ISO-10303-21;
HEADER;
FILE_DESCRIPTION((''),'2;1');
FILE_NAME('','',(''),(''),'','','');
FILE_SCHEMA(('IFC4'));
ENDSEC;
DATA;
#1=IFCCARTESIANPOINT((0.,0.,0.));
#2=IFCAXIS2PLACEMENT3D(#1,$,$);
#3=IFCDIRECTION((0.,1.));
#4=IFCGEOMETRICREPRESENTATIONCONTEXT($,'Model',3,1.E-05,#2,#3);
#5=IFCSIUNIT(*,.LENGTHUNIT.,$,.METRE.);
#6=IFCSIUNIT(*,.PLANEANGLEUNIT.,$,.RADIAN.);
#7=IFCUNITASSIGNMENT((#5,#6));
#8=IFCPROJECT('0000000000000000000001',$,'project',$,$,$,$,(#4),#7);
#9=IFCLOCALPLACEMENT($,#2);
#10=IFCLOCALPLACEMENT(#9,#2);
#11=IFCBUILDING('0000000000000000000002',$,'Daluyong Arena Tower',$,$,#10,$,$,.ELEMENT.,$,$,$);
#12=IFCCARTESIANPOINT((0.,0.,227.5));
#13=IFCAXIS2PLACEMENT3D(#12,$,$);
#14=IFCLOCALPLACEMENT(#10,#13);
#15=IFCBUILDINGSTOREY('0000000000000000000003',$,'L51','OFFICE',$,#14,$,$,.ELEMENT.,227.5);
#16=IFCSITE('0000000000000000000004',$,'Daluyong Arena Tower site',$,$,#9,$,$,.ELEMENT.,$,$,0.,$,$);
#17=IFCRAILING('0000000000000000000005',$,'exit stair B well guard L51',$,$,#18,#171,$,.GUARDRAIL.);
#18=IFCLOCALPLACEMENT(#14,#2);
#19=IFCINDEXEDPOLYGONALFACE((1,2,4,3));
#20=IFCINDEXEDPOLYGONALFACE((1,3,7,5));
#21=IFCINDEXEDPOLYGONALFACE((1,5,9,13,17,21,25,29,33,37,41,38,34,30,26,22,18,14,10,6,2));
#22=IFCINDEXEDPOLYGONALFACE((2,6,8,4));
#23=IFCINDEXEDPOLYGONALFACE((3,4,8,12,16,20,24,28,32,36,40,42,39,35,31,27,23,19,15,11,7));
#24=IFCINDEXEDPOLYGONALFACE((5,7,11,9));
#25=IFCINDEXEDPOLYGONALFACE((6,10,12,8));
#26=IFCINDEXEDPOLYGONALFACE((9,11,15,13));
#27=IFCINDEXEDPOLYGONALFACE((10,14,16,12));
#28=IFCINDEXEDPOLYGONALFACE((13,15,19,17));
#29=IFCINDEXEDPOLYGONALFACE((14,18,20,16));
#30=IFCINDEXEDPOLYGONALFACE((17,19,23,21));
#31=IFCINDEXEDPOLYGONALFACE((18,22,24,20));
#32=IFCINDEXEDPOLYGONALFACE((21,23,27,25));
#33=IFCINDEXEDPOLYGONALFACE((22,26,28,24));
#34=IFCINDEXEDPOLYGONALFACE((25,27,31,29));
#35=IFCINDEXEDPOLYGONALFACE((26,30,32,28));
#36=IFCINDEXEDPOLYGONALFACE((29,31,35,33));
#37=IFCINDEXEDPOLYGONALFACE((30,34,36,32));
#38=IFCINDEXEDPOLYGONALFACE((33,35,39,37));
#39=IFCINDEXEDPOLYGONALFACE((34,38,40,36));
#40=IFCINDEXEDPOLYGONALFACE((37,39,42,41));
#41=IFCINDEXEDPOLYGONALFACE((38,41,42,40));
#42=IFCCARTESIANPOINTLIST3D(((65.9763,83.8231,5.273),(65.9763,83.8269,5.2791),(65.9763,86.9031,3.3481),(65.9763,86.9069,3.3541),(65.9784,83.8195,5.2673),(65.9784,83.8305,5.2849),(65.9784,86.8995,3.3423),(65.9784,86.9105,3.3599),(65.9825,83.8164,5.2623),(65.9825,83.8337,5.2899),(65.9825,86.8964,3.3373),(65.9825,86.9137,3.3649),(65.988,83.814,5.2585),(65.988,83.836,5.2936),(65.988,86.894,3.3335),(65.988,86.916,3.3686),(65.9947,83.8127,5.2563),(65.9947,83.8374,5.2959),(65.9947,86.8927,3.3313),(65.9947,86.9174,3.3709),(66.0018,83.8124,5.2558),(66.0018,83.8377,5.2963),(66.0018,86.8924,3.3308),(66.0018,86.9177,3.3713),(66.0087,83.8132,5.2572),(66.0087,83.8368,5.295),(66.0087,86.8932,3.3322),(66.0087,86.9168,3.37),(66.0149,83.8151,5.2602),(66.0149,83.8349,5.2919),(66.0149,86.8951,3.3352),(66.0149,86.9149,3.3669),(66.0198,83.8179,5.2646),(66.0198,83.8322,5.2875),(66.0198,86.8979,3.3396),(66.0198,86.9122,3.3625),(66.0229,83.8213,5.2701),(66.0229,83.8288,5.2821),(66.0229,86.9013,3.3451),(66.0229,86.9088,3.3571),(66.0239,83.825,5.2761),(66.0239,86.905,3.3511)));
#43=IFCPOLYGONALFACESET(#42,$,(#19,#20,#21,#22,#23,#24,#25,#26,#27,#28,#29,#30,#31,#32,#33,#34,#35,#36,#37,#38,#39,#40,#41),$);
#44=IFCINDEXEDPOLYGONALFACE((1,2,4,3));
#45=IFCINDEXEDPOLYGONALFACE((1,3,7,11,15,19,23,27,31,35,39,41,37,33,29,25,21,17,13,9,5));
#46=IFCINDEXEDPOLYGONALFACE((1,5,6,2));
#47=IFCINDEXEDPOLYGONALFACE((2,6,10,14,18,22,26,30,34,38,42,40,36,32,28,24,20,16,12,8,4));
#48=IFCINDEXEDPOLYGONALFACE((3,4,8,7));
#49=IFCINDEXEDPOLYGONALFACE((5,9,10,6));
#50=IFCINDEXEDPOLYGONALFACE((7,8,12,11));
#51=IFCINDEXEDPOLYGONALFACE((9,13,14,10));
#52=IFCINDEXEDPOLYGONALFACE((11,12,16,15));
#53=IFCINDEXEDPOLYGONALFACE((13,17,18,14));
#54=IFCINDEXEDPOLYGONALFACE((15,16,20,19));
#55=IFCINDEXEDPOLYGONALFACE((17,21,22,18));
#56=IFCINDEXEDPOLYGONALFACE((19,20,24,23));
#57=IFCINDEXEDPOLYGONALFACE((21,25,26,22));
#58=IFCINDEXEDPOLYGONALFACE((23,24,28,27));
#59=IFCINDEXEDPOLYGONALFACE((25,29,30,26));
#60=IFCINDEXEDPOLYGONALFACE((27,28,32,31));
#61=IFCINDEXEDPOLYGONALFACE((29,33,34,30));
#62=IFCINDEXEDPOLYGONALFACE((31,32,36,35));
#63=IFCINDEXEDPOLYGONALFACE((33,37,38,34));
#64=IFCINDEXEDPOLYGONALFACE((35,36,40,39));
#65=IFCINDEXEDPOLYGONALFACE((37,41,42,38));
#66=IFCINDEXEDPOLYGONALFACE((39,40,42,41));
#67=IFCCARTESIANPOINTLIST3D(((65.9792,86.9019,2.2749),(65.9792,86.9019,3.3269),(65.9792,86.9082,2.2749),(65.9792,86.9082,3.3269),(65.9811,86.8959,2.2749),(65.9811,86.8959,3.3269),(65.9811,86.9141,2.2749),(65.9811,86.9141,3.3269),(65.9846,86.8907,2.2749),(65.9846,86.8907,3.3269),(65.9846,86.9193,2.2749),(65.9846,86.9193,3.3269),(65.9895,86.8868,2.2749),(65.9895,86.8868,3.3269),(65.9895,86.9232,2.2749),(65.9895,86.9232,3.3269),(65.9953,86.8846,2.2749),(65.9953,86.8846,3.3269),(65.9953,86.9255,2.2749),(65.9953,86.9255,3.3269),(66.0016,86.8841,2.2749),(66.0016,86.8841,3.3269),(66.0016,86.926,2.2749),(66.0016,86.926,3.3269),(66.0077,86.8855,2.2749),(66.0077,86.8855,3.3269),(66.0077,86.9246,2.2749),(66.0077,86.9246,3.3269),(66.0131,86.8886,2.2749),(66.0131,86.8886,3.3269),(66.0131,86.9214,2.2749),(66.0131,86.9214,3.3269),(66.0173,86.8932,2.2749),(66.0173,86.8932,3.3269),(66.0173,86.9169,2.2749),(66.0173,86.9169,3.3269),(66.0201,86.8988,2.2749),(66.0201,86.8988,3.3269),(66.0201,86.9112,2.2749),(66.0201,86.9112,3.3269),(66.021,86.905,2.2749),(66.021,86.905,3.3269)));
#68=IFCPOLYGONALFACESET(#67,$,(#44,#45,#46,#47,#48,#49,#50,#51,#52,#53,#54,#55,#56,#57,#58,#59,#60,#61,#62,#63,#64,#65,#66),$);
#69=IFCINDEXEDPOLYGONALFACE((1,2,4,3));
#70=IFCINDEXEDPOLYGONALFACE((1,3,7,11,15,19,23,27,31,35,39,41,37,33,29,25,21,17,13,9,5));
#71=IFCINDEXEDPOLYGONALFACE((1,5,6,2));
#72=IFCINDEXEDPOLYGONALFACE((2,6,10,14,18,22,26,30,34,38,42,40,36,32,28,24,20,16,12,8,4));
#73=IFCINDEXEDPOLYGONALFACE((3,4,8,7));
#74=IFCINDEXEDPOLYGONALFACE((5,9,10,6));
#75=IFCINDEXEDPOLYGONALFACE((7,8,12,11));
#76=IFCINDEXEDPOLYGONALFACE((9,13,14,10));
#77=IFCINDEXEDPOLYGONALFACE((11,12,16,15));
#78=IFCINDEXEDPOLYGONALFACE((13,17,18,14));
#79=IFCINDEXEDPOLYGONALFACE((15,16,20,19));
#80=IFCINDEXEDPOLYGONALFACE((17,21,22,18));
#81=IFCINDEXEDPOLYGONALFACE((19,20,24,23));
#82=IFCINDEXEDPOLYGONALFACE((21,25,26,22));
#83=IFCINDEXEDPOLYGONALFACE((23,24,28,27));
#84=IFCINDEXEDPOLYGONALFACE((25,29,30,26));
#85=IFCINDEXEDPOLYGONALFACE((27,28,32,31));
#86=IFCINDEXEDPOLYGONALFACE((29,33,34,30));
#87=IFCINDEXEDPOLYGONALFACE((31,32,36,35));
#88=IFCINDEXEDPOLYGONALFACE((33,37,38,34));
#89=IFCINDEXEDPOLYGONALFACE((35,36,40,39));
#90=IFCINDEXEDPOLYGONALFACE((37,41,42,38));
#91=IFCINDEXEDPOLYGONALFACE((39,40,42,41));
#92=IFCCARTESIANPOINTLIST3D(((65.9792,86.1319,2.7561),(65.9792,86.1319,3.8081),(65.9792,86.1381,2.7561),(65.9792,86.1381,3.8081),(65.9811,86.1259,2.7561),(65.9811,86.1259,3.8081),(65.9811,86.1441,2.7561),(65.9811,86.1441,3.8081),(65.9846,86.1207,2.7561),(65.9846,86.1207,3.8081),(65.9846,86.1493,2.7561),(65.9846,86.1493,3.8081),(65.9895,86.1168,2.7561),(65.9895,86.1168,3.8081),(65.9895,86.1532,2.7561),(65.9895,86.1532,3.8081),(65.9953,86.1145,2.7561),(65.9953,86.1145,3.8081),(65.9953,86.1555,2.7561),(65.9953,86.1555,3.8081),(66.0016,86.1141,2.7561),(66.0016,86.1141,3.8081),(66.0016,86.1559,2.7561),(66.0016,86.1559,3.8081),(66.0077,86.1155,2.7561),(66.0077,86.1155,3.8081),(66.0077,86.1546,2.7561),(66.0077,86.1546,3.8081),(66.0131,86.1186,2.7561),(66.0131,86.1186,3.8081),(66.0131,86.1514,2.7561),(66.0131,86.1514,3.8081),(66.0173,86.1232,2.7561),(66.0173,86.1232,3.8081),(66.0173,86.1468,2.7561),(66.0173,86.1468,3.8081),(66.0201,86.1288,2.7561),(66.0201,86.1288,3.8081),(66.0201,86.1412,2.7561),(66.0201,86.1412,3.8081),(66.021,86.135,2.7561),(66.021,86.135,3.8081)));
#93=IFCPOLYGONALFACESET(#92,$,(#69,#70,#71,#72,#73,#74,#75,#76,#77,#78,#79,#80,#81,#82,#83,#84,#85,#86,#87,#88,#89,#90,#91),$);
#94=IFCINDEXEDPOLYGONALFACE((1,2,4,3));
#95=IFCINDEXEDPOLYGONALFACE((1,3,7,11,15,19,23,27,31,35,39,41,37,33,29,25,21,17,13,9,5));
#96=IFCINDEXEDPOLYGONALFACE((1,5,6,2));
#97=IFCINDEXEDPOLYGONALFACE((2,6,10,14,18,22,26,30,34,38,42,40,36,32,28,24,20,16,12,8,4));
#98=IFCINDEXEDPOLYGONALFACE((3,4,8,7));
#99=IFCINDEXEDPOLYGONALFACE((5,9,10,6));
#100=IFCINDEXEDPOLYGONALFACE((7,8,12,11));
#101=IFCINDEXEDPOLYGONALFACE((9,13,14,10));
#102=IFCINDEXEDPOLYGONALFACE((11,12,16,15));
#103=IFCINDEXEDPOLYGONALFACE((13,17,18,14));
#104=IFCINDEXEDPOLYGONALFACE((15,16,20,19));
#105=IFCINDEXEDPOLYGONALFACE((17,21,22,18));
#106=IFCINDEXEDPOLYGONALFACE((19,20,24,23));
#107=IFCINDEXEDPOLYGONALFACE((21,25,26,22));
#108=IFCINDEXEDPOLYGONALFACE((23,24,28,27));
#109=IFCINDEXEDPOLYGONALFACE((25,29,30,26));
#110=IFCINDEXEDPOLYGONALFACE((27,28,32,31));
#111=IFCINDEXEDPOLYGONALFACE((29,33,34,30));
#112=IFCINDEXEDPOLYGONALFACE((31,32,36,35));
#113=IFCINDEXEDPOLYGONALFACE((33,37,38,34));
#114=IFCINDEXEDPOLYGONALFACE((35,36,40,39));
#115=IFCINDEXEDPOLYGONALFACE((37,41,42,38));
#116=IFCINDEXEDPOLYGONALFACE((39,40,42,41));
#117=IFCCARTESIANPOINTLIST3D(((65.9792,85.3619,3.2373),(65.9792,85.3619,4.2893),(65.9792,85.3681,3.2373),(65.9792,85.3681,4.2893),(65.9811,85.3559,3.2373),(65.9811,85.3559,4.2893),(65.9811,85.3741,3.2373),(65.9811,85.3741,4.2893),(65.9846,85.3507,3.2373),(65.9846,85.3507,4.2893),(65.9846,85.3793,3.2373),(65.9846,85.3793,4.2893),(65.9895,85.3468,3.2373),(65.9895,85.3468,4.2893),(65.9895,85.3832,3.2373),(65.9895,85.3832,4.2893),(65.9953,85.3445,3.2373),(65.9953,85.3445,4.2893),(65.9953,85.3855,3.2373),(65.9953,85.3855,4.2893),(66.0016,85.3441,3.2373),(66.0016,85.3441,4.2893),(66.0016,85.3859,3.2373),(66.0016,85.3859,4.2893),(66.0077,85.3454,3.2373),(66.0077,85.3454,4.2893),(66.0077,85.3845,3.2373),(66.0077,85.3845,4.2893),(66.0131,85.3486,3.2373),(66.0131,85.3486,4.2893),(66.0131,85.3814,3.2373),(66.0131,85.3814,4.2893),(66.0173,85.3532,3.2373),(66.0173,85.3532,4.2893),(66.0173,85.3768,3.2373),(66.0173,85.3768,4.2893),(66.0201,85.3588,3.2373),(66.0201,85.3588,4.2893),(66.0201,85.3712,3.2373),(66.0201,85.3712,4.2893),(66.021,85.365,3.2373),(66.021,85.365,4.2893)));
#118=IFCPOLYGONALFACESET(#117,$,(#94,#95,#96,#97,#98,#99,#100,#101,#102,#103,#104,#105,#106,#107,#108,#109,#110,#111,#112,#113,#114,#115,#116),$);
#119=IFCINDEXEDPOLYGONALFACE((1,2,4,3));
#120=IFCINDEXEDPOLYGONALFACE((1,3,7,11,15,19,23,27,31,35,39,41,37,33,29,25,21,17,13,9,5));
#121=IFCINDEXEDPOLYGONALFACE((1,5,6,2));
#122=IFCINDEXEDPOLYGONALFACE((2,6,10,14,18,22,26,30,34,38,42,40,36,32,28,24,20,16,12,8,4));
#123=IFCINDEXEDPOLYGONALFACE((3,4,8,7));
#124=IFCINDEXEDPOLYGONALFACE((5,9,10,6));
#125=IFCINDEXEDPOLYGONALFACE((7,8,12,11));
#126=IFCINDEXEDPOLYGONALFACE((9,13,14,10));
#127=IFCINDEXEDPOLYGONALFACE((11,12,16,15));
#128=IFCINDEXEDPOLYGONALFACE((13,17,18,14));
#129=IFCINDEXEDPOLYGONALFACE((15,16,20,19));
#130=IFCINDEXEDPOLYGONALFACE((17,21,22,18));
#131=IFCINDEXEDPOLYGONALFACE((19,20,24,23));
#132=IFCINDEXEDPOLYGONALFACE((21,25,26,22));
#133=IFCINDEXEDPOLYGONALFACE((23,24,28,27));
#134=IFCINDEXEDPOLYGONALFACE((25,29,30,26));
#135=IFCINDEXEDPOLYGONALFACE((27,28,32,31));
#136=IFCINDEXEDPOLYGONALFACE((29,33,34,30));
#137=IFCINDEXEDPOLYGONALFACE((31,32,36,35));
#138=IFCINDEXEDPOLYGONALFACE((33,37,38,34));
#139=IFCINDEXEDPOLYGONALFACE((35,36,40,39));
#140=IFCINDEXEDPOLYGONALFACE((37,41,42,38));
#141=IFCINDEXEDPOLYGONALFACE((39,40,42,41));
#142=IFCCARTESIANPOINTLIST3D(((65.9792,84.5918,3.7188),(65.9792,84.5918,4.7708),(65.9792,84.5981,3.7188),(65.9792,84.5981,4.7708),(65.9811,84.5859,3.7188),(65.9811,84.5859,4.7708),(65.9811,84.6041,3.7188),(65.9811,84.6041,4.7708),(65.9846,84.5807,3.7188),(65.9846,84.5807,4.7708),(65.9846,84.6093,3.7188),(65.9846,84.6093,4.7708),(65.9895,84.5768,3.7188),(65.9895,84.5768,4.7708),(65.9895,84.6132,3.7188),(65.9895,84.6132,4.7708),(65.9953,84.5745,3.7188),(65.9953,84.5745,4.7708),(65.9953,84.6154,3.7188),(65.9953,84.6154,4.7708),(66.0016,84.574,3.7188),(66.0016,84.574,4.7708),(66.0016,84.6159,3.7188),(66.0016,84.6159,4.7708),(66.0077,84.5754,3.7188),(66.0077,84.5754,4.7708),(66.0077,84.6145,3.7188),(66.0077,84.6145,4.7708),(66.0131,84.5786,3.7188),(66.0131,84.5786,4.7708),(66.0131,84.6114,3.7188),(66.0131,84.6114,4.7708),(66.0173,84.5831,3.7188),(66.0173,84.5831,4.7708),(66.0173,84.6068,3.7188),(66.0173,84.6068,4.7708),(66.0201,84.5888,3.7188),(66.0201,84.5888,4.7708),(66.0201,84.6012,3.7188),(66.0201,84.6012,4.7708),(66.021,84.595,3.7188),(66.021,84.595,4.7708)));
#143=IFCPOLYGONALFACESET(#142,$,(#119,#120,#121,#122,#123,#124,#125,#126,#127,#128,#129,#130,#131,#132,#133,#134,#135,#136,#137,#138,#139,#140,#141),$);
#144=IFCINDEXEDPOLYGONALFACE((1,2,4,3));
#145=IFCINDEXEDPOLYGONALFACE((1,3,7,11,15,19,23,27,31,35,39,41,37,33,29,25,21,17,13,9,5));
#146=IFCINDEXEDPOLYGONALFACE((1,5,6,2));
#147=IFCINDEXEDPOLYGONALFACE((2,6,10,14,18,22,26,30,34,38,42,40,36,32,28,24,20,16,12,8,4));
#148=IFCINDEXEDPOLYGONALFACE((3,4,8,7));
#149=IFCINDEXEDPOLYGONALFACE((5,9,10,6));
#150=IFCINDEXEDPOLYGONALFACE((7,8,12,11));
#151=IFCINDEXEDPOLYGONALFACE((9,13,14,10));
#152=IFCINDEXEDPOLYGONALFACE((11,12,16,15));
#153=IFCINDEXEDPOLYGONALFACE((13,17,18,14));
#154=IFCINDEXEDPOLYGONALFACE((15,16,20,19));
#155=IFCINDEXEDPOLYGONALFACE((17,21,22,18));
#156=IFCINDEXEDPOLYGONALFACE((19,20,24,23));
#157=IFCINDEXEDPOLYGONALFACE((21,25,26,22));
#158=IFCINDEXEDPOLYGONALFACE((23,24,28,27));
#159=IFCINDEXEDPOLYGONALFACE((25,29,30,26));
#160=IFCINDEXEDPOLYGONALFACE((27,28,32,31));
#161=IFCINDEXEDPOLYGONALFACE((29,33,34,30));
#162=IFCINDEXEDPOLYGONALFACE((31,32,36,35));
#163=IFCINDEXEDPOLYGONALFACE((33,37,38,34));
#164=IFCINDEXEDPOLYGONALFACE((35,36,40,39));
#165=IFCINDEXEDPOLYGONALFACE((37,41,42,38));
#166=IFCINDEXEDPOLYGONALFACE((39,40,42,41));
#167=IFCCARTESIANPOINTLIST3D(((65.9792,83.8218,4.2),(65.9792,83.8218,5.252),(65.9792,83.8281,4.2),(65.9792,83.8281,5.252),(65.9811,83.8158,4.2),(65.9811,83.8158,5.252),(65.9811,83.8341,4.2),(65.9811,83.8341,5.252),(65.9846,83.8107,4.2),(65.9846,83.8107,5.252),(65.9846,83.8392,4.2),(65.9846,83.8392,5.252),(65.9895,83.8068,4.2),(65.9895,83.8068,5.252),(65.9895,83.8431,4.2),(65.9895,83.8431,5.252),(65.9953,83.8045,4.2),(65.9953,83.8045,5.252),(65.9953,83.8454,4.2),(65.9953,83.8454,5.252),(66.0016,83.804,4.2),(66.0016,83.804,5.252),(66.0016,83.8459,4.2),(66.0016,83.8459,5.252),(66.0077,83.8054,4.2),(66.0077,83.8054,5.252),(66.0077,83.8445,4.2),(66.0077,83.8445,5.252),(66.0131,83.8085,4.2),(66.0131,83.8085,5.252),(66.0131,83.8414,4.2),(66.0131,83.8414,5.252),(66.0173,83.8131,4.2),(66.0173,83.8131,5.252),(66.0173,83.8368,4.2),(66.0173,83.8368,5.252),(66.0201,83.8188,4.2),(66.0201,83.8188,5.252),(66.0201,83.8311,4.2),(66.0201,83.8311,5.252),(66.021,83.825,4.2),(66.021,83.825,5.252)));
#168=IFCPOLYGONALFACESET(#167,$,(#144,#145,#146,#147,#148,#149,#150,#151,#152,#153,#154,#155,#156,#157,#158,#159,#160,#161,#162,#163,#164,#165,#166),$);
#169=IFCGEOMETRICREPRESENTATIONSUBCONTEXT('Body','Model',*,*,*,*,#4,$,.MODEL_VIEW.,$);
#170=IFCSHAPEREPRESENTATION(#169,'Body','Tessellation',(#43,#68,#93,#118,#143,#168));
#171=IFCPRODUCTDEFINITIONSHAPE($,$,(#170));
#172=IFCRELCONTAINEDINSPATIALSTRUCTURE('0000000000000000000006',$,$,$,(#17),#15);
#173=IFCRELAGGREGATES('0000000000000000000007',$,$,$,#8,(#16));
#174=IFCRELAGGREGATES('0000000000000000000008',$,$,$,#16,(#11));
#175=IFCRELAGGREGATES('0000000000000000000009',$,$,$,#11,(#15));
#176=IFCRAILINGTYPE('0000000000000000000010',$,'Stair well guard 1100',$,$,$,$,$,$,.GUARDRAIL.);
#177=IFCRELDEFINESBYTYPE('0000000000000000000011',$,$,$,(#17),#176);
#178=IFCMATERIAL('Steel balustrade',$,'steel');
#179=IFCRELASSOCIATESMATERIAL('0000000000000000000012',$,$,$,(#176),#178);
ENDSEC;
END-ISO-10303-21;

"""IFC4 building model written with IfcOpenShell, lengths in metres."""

from ifc_helpers import new_model, si_unit, direction, frame, origin, origin_2d, place, context, subcontext, project, spatial, circle, extrude, material, type_object, element, save


model = new_model("IFC4")

# Units and contexts
model_context = context("Model", 3, precision=1e-05, world=origin(), true_north=direction((0.0, 1.0)))
body_context = subcontext(model_context, "Body", "Model", "MODEL_VIEW")
ifc_project = project(units=[si_unit("LENGTHUNIT", "METRE"), si_unit("PLANEANGLEUNIT", "RADIAN")], contexts=[model_context])

# Site, building, storey
site_placement = place(None, origin())
site = spatial("IfcSite", under=ifc_project, at=site_placement, Name="Daluyong Arena Tower site", CompositionType="ELEMENT", RefElevation=0.0)
building_placement = place(site_placement, origin())
building = spatial("IfcBuilding", under=site, at=building_placement, Name="Daluyong Arena Tower", CompositionType="ELEMENT")
storey_placement = place(building_placement, frame((0.0, 0.0, 227.5)))
storey = spatial("IfcBuildingStorey", under=building, at=storey_placement, Name="L51", Description="OFFICE", CompositionType="ELEMENT", Elevation=227.5)

# Railing
ifc_material_1 = material(Name="Steel balustrade", Category="steel")
railing_type_1 = type_object("IfcRailingType", Name="Stair well guard 1100", PredefinedType="GUARDRAIL", material=ifc_material_1)
railing_1_placement = place(storey_placement, frame((66.0, 86.905, 2.2749)))
element("IfcRailing", 1, at=railing_1_placement, inside=storey, type_object=railing_type_1, Name="exit stair B well guard L51", PredefinedType="GUARDRAIL", context=body_context, shape_type="SweptSolid", body=[
    extrude(circle(Radius=0.0239, at=origin_2d()), frame((0.0, 0.0, 1.0762), z_axis=(0.0, -0.847998, 0.529999), x_axis=(1.0, 0.0, 0.0)), (0.0, 0.0, 1.0), 3.6321),
    extrude(circle(Radius=0.021, at=origin_2d()), origin(), (0.0, 0.0, 1.0), 1.052),
    extrude(circle(Radius=0.021, at=origin_2d()), frame((0.0, -0.77, 0.4812)), (0.0, 0.0, 1.0), 1.052),
    extrude(circle(Radius=0.021, at=origin_2d()), frame((0.0, -1.54, 0.9624)), (0.0, 0.0, 1.0), 1.052),
    extrude(circle(Radius=0.021, at=origin_2d()), frame((0.0, -2.3101, 1.4438)), (0.0, 0.0, 1.0), 1.052),
    extrude(circle(Radius=0.021, at=origin_2d()), frame((0.0, -3.0801, 1.925)), (0.0, 0.0, 1.0), 1.052),
])

save(model, "model.ifc")
